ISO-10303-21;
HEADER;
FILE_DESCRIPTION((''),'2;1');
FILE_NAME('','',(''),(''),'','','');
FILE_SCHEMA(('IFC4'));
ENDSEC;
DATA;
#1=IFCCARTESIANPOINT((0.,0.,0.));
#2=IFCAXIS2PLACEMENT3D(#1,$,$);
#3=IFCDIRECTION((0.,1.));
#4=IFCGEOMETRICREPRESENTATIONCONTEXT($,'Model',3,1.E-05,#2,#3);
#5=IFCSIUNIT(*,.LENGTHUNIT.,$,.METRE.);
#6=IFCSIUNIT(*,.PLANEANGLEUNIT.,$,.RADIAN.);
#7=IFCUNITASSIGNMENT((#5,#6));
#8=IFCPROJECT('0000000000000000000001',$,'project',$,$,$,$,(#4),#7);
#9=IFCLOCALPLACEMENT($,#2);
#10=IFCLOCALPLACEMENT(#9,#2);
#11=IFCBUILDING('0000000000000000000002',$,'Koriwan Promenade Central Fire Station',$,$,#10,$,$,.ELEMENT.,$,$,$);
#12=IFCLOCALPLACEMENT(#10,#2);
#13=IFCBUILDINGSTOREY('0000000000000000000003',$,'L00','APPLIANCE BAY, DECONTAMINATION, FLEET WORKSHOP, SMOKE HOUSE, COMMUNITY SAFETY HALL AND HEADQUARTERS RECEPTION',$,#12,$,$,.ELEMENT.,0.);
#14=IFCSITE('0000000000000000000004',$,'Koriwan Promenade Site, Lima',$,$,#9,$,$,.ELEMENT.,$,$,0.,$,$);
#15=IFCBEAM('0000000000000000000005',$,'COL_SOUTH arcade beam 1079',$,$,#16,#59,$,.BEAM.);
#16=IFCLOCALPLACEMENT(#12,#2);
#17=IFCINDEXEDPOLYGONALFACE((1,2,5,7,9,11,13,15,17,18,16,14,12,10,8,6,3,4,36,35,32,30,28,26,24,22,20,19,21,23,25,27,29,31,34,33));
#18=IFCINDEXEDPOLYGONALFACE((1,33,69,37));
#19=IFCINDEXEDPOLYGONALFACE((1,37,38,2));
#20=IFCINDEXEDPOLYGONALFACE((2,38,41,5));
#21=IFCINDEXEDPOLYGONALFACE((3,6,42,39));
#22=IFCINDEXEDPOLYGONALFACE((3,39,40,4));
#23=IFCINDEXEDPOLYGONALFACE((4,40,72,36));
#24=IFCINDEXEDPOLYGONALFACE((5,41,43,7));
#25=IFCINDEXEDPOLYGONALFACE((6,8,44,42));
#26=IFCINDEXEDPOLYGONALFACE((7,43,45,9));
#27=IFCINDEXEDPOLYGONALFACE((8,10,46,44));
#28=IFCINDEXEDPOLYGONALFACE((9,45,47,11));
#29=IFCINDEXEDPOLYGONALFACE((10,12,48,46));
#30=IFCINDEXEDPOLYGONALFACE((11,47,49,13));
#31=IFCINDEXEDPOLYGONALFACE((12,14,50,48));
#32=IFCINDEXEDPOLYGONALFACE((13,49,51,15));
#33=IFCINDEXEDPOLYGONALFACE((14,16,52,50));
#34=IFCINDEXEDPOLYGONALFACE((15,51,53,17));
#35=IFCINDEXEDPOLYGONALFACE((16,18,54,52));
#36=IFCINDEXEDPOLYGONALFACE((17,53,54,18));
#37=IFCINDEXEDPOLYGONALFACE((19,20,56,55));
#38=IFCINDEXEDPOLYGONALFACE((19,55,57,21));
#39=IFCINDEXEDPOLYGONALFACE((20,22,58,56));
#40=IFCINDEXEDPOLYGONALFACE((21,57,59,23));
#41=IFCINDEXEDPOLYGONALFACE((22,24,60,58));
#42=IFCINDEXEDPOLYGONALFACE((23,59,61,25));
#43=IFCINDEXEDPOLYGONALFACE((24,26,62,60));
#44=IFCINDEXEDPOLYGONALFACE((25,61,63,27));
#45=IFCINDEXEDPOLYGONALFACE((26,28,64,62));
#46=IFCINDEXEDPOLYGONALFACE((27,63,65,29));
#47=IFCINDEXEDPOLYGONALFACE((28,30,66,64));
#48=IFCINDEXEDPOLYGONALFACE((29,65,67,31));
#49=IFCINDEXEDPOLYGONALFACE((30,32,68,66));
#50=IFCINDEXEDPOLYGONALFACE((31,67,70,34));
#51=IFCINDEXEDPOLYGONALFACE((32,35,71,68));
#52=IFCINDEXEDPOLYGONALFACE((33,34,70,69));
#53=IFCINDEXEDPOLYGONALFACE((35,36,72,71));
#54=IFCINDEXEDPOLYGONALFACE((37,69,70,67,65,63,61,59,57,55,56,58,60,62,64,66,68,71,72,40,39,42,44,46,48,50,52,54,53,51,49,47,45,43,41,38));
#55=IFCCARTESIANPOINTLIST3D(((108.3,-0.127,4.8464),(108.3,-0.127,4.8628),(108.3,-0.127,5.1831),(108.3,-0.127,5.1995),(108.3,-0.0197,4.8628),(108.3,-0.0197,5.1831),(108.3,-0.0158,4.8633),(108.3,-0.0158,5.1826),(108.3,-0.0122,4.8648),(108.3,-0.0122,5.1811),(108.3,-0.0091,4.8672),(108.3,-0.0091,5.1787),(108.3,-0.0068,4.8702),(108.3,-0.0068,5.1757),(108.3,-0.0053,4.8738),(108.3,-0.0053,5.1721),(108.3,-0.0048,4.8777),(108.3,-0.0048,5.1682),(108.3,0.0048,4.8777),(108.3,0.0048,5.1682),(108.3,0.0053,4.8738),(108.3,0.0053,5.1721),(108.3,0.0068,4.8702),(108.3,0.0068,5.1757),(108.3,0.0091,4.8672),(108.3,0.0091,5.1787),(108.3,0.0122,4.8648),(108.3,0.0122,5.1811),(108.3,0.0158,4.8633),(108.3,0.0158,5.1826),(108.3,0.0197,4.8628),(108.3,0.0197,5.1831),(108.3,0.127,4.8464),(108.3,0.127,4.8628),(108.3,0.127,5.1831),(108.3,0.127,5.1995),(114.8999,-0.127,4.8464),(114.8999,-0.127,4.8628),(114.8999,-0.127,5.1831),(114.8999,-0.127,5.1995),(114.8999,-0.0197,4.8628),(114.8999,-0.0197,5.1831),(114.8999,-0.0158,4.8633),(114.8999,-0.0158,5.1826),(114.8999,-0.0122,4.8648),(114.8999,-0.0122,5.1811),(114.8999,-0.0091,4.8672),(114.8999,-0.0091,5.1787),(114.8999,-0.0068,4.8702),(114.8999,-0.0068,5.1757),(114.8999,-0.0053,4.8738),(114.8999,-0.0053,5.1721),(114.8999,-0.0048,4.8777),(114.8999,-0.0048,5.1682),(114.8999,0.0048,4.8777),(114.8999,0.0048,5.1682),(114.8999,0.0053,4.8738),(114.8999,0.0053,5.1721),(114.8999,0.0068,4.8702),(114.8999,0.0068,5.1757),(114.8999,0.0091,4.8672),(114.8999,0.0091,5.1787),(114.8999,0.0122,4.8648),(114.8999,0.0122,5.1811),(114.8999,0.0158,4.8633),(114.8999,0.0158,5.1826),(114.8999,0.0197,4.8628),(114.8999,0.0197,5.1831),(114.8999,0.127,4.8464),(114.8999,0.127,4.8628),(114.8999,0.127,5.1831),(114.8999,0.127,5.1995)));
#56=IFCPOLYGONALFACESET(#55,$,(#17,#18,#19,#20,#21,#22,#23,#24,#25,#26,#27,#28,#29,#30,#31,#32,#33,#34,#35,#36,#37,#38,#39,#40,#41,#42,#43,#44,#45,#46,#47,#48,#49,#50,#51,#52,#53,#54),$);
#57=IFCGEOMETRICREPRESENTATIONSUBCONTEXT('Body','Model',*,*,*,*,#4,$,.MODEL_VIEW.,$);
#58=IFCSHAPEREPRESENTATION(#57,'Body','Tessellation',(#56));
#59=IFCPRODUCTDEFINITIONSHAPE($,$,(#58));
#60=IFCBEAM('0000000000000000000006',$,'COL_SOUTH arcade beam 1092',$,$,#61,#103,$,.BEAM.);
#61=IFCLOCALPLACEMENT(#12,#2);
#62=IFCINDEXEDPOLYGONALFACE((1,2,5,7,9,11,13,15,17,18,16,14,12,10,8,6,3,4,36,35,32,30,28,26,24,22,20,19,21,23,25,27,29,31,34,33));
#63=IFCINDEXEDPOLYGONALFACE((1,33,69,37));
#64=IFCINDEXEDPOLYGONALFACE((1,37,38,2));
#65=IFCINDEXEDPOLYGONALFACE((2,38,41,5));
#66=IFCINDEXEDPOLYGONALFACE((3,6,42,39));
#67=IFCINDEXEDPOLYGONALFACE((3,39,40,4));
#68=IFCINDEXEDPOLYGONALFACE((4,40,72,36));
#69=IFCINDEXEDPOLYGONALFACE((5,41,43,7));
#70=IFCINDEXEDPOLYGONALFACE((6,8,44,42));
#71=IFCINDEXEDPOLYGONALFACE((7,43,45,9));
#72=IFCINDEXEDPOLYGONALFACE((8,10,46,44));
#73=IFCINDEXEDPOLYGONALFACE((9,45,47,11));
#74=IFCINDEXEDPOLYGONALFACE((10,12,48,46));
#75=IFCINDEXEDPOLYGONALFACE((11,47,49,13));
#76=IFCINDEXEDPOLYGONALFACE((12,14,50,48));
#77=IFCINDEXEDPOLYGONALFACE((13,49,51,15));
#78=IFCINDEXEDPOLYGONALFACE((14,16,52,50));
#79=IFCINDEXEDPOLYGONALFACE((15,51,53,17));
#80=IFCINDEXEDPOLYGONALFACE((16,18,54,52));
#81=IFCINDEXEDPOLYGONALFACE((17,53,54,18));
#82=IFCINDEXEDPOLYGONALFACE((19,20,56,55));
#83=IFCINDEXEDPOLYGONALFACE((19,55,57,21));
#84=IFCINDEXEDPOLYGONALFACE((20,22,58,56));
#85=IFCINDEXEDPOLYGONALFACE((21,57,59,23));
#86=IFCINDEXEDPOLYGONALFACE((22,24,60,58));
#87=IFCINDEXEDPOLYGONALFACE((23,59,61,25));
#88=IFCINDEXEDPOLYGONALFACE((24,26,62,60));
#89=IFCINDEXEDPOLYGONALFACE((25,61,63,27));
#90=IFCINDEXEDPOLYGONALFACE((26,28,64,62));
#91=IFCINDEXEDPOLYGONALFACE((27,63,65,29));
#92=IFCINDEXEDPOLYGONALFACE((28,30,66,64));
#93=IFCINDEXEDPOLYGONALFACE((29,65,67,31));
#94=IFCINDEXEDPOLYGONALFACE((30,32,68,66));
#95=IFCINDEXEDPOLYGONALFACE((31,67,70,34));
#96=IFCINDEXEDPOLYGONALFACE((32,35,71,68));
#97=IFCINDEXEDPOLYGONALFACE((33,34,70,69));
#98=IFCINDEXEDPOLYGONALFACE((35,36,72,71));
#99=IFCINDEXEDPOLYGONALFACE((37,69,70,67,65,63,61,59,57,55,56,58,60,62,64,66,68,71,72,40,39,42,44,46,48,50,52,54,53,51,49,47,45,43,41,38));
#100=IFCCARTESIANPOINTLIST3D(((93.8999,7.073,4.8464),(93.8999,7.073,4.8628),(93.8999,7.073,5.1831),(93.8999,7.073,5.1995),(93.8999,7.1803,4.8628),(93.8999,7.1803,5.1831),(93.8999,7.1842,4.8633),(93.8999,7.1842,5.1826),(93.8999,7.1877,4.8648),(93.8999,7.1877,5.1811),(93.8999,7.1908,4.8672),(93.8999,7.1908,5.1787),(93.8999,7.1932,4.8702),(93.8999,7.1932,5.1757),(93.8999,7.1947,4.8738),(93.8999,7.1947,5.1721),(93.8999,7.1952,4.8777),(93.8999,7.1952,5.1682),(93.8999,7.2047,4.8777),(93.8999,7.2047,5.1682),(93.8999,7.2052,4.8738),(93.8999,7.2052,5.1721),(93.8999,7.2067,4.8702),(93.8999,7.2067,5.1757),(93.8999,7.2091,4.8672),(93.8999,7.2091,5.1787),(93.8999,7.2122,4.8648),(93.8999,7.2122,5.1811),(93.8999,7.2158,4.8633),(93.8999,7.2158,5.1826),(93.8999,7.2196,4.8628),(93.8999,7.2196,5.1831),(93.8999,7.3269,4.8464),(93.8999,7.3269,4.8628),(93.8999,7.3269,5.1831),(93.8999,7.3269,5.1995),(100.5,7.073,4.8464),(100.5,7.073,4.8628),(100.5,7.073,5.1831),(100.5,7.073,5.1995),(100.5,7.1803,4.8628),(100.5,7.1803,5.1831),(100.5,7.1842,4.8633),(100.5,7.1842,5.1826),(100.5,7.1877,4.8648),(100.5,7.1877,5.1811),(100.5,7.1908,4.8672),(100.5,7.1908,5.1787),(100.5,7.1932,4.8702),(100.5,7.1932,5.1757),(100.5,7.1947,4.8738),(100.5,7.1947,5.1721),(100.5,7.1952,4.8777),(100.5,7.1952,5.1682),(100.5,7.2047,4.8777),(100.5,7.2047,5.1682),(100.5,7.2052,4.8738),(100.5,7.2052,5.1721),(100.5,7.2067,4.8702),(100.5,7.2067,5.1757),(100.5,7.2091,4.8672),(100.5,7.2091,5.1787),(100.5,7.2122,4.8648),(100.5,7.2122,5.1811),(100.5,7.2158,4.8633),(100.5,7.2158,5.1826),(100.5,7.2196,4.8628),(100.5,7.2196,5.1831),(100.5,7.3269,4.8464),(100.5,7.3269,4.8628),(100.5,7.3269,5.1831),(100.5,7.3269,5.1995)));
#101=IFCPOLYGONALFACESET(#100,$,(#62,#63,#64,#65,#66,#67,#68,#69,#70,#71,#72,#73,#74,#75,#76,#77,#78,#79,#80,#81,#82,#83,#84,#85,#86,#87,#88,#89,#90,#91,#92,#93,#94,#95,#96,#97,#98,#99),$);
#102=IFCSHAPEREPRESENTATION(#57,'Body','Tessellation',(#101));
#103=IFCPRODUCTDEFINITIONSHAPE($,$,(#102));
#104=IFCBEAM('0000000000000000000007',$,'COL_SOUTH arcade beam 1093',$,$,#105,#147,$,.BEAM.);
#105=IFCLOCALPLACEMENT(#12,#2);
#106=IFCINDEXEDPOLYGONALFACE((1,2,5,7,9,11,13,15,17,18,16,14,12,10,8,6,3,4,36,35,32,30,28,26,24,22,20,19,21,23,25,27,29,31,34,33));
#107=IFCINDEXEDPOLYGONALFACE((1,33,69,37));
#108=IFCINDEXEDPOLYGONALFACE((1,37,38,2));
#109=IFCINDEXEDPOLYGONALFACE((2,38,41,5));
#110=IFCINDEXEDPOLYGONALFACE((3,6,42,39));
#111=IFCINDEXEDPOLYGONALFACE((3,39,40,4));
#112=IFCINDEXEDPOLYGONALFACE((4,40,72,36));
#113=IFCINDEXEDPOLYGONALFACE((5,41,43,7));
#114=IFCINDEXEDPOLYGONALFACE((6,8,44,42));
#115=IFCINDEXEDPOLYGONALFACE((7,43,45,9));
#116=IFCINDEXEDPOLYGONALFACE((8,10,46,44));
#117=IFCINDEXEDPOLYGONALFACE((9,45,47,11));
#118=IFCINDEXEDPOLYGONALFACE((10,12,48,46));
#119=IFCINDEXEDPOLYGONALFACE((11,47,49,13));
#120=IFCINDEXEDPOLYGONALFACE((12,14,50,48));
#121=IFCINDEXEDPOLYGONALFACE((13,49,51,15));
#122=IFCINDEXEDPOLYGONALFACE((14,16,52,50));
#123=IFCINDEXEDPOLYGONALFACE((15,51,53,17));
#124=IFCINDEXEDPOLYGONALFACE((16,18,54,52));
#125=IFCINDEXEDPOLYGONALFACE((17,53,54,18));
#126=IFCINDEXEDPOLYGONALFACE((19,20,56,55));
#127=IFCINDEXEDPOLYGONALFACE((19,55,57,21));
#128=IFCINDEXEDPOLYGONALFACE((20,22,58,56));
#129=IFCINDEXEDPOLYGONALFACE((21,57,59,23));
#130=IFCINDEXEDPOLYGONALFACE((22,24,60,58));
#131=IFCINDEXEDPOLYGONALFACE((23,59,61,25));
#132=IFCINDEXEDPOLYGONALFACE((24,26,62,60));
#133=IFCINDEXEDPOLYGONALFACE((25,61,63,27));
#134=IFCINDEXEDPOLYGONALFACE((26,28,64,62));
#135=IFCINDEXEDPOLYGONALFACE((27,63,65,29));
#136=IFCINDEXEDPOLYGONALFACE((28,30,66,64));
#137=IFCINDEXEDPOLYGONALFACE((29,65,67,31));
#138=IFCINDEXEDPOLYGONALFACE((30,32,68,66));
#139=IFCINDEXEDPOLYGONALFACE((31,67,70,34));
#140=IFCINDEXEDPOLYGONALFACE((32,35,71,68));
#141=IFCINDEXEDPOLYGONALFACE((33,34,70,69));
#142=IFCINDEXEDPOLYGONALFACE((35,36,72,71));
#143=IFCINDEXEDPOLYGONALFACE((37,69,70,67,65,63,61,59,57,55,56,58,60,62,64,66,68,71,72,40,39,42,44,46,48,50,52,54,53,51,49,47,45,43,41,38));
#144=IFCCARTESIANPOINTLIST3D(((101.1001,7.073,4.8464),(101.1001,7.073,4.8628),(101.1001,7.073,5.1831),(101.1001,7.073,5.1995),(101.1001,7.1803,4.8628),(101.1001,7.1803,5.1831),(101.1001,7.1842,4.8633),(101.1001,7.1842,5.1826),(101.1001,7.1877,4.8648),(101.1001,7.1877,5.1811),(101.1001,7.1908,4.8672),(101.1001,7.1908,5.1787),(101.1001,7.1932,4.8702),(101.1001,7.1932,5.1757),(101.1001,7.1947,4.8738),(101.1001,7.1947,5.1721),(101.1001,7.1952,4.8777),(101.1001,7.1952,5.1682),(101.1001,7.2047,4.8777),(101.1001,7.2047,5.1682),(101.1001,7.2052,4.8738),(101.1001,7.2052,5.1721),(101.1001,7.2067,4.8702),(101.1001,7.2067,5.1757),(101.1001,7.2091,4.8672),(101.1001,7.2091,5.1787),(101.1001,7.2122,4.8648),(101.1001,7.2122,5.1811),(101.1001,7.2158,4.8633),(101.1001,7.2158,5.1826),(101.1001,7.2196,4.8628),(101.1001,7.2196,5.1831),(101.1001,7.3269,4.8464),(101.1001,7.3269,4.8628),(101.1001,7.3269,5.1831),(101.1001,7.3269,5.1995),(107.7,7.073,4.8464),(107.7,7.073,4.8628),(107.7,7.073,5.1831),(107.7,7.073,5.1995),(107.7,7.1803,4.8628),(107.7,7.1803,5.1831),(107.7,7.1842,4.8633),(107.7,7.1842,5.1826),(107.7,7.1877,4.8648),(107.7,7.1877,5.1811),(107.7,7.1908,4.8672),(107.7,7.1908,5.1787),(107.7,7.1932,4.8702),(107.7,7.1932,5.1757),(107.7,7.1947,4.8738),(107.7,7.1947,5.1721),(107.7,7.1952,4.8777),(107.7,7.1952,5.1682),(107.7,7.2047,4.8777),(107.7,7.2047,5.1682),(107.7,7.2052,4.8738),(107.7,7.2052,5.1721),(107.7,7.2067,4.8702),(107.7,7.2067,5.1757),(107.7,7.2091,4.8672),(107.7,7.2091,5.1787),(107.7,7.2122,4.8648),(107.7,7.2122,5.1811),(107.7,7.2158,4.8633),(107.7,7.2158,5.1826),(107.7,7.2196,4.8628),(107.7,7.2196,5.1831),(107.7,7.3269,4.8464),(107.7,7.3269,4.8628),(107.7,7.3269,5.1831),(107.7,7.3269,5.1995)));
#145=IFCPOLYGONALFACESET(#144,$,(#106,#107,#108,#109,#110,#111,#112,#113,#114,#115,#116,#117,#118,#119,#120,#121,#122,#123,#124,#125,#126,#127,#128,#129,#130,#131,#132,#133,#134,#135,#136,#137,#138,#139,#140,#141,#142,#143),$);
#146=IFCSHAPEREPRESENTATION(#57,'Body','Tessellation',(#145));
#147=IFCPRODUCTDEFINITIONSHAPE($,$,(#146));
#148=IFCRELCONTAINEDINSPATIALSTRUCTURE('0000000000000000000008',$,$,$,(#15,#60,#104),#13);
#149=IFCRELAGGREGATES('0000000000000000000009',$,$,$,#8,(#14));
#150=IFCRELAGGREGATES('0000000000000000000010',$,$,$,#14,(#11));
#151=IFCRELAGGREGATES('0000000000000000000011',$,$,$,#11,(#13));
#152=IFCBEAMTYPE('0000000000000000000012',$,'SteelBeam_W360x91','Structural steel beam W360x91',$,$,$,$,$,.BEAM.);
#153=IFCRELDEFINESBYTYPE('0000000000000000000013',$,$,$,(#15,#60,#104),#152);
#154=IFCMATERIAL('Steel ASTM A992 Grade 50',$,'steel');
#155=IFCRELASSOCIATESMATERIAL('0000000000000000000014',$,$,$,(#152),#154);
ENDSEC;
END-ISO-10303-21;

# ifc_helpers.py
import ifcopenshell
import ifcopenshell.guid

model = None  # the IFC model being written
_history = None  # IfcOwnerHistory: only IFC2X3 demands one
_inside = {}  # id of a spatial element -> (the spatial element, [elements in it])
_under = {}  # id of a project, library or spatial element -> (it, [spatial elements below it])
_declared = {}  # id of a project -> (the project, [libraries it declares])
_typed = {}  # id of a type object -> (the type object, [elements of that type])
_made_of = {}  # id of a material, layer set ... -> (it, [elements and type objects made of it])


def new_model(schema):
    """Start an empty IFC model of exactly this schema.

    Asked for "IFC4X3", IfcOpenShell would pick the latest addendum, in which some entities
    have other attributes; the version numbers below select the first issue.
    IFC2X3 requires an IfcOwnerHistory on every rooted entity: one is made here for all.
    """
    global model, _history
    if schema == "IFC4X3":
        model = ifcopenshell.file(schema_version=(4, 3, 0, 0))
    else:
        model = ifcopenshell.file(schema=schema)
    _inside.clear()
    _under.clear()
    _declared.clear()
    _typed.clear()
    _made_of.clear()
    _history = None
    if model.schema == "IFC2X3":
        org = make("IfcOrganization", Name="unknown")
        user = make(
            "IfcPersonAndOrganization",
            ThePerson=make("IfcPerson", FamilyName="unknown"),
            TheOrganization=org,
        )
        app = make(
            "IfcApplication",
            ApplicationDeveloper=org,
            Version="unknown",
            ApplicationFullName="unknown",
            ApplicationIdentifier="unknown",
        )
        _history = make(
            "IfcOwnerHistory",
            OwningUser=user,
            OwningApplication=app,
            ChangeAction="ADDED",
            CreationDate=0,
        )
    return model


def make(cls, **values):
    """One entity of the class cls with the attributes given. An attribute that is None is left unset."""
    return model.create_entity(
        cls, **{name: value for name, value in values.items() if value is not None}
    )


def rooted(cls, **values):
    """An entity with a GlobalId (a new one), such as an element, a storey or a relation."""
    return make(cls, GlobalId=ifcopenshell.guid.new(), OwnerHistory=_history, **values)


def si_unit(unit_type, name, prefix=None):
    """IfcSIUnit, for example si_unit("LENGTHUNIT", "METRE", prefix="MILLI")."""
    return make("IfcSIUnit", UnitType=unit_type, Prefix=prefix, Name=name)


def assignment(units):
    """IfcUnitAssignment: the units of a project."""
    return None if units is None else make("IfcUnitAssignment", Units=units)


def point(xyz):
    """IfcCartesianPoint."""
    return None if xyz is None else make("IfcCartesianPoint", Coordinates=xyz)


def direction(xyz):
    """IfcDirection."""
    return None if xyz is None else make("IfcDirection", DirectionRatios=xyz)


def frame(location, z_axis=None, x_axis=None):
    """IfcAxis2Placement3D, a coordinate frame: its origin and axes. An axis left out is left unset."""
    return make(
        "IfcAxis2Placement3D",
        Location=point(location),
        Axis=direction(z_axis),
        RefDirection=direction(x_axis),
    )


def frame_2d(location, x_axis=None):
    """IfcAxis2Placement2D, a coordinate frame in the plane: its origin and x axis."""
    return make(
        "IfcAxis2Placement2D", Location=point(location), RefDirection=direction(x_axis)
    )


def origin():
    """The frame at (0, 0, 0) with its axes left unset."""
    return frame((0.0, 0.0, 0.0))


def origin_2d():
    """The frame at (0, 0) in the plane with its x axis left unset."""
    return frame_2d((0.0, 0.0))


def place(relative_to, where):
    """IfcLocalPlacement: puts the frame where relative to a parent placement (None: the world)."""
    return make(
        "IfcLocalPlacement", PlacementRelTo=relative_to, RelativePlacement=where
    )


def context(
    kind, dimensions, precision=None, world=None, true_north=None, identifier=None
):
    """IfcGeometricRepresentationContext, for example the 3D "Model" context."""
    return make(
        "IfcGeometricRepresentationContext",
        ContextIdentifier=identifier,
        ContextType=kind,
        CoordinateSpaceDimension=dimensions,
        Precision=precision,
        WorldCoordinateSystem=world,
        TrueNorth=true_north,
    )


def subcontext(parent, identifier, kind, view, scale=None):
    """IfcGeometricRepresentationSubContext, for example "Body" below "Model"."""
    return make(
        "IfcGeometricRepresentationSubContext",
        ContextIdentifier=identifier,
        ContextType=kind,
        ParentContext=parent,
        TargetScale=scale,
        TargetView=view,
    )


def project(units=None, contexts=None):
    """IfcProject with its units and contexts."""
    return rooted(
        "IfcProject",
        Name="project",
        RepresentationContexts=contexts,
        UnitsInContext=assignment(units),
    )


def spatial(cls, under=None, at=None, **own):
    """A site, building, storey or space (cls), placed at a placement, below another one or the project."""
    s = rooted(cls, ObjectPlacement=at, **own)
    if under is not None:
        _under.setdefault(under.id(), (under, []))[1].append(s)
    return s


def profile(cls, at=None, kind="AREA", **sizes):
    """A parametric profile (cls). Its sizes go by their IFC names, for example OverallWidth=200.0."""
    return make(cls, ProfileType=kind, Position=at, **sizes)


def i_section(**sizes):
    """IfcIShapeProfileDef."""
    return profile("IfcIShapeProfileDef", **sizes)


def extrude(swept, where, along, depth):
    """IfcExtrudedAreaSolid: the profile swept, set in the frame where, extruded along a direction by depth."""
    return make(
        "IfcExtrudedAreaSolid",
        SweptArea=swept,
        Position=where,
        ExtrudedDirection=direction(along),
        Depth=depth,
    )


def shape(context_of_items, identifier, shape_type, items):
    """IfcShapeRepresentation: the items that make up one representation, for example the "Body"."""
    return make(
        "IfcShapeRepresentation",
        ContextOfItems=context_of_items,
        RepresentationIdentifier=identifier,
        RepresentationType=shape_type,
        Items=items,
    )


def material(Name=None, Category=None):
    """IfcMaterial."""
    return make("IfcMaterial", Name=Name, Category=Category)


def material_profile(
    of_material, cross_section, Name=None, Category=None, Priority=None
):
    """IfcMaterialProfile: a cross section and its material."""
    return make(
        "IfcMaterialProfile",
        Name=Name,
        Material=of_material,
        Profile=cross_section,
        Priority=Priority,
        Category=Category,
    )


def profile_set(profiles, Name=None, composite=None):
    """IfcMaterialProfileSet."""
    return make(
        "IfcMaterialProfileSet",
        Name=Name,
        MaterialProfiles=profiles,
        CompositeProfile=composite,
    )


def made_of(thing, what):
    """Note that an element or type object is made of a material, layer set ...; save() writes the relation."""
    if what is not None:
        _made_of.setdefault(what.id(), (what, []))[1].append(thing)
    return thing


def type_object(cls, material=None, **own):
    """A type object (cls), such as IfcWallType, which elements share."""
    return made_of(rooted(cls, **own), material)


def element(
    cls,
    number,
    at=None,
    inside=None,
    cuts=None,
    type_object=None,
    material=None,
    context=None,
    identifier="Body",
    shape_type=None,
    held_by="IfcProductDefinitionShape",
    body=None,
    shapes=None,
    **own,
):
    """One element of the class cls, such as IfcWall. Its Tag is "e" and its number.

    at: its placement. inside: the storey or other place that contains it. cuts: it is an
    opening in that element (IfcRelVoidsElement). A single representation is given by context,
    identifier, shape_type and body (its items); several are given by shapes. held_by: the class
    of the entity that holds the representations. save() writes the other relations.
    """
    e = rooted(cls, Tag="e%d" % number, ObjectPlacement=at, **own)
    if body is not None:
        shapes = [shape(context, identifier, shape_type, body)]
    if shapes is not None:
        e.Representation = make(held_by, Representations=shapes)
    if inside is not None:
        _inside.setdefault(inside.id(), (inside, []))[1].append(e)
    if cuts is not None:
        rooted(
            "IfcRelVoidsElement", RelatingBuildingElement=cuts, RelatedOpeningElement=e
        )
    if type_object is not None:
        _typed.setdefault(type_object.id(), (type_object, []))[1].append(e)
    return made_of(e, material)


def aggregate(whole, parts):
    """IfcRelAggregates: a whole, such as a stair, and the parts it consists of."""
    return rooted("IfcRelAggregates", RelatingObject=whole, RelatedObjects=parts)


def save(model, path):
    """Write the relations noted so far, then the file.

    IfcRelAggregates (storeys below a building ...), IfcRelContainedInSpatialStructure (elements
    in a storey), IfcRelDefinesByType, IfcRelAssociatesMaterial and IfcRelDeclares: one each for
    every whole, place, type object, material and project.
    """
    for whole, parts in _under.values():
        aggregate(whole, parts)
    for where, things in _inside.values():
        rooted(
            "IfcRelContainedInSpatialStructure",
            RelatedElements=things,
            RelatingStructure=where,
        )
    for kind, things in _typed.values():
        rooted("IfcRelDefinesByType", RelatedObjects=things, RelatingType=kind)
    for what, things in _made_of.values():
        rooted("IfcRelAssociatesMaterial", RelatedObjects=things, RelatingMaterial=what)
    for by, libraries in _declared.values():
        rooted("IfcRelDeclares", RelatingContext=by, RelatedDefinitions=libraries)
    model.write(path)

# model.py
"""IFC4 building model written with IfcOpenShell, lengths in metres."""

from ifc_helpers import new_model, si_unit, direction, frame, origin, origin_2d, place, context, subcontext, project, spatial, i_section, extrude, material, material_profile, profile_set, type_object, element, save


model = new_model("IFC4")

# Units and contexts
model_context = context("Model", 3, precision=1e-05, world=origin(), true_north=direction((0.0, 1.0)))
body_context = subcontext(model_context, "Body", "Model", "MODEL_VIEW")
ifc_project = project(units=[si_unit("LENGTHUNIT", "METRE"), si_unit("PLANEANGLEUNIT", "RADIAN")], contexts=[model_context])

# Site, building, storey
site_placement = place(None, origin())
site = spatial("IfcSite", under=ifc_project, at=site_placement, Name="Koriwan Promenade Site, Lima", CompositionType="ELEMENT", RefElevation=0.0)
building_placement = place(site_placement, origin())
building = spatial("IfcBuilding", under=site, at=building_placement, Name="Koriwan Promenade Central Fire Station", CompositionType="ELEMENT")
storey_placement = place(building_placement, origin())
storey = spatial("IfcBuildingStorey", under=building, at=storey_placement, Name="L00", Description="APPLIANCE BAY, DECONTAMINATION, FLEET WORKSHOP, SMOKE HOUSE, COMMUNITY SAFETY HALL AND HEADQUARTERS RECEPTION", CompositionType="ELEMENT", Elevation=0.0)

# Beams
ifc_material_1 = material(Name="Steel ASTM A992 Grade 50", Category="steel")
ifc_material_profile_1 = material_profile(ifc_material_1, i_section(OverallWidth=0.2539, OverallDepth=0.353, WebThickness=0.0095, FlangeThickness=0.0164, FilletRadius=0.0149, at=origin_2d()), Name="W360x91")
ifc_profile_set_1 = profile_set([ifc_material_profile_1], Name="Steel ASTM A992 Grade 50")
beam_type_1 = type_object("IfcBeamType", Name="SteelBeam_W360x91", Description="Structural steel beam W360x91", PredefinedType="BEAM", material=ifc_profile_set_1)
for number, where, z_axis, x_axis, name in (
    (1, (108.3, 0.0, 5.0229), (1.0, 0.0, 0.0), (0.0, 1.0, 0.0), "COL_SOUTH arcade beam 1079"),
):
    element("IfcBeam", number, at=place(storey_placement, frame(where, z_axis=z_axis, x_axis=x_axis)), inside=storey, type_object=beam_type_1, Name=name, PredefinedType="BEAM", context=body_context, shape_type="SweptSolid", body=[
        extrude(i_section(OverallWidth=0.2539, OverallDepth=0.353, WebThickness=0.0095, FlangeThickness=0.0164, FilletRadius=0.0149, at=origin_2d()), origin(), (0.0, 0.0, 1.0), 6.5999),
    ])
beam_1_placement = place(storey_placement, frame((93.8999, 7.2, 5.0229), z_axis=(1.0, 0.0, 0.0), x_axis=(0.0, 1.0, 0.0)))
element("IfcBeam", 2, at=beam_1_placement, inside=storey, type_object=beam_type_1, Name="COL_SOUTH arcade beam 1092", PredefinedType="BEAM", context=body_context, shape_type="SweptSolid", body=[
    extrude(i_section(OverallWidth=0.2539, OverallDepth=0.353, WebThickness=0.0095, FlangeThickness=0.0164, FilletRadius=0.0149, at=origin_2d()), origin(), (0.0, 0.0, 1.0), 6.6001),
])
beam_2_placement = place(storey_placement, frame((101.1001, 7.2, 5.0229), z_axis=(1.0, 0.0, 0.0), x_axis=(0.0, 1.0, 0.0)))
element("IfcBeam", 3, at=beam_2_placement, inside=storey, type_object=beam_type_1, Name="COL_SOUTH arcade beam 1093", PredefinedType="BEAM", context=body_context, shape_type="SweptSolid", body=[
    extrude(i_section(OverallWidth=0.2539, OverallDepth=0.353, WebThickness=0.0095, FlangeThickness=0.0164, FilletRadius=0.0149, at=origin_2d()), origin(), (0.0, 0.0, 1.0), 6.5999),
])

save(model, "model.ifc")
